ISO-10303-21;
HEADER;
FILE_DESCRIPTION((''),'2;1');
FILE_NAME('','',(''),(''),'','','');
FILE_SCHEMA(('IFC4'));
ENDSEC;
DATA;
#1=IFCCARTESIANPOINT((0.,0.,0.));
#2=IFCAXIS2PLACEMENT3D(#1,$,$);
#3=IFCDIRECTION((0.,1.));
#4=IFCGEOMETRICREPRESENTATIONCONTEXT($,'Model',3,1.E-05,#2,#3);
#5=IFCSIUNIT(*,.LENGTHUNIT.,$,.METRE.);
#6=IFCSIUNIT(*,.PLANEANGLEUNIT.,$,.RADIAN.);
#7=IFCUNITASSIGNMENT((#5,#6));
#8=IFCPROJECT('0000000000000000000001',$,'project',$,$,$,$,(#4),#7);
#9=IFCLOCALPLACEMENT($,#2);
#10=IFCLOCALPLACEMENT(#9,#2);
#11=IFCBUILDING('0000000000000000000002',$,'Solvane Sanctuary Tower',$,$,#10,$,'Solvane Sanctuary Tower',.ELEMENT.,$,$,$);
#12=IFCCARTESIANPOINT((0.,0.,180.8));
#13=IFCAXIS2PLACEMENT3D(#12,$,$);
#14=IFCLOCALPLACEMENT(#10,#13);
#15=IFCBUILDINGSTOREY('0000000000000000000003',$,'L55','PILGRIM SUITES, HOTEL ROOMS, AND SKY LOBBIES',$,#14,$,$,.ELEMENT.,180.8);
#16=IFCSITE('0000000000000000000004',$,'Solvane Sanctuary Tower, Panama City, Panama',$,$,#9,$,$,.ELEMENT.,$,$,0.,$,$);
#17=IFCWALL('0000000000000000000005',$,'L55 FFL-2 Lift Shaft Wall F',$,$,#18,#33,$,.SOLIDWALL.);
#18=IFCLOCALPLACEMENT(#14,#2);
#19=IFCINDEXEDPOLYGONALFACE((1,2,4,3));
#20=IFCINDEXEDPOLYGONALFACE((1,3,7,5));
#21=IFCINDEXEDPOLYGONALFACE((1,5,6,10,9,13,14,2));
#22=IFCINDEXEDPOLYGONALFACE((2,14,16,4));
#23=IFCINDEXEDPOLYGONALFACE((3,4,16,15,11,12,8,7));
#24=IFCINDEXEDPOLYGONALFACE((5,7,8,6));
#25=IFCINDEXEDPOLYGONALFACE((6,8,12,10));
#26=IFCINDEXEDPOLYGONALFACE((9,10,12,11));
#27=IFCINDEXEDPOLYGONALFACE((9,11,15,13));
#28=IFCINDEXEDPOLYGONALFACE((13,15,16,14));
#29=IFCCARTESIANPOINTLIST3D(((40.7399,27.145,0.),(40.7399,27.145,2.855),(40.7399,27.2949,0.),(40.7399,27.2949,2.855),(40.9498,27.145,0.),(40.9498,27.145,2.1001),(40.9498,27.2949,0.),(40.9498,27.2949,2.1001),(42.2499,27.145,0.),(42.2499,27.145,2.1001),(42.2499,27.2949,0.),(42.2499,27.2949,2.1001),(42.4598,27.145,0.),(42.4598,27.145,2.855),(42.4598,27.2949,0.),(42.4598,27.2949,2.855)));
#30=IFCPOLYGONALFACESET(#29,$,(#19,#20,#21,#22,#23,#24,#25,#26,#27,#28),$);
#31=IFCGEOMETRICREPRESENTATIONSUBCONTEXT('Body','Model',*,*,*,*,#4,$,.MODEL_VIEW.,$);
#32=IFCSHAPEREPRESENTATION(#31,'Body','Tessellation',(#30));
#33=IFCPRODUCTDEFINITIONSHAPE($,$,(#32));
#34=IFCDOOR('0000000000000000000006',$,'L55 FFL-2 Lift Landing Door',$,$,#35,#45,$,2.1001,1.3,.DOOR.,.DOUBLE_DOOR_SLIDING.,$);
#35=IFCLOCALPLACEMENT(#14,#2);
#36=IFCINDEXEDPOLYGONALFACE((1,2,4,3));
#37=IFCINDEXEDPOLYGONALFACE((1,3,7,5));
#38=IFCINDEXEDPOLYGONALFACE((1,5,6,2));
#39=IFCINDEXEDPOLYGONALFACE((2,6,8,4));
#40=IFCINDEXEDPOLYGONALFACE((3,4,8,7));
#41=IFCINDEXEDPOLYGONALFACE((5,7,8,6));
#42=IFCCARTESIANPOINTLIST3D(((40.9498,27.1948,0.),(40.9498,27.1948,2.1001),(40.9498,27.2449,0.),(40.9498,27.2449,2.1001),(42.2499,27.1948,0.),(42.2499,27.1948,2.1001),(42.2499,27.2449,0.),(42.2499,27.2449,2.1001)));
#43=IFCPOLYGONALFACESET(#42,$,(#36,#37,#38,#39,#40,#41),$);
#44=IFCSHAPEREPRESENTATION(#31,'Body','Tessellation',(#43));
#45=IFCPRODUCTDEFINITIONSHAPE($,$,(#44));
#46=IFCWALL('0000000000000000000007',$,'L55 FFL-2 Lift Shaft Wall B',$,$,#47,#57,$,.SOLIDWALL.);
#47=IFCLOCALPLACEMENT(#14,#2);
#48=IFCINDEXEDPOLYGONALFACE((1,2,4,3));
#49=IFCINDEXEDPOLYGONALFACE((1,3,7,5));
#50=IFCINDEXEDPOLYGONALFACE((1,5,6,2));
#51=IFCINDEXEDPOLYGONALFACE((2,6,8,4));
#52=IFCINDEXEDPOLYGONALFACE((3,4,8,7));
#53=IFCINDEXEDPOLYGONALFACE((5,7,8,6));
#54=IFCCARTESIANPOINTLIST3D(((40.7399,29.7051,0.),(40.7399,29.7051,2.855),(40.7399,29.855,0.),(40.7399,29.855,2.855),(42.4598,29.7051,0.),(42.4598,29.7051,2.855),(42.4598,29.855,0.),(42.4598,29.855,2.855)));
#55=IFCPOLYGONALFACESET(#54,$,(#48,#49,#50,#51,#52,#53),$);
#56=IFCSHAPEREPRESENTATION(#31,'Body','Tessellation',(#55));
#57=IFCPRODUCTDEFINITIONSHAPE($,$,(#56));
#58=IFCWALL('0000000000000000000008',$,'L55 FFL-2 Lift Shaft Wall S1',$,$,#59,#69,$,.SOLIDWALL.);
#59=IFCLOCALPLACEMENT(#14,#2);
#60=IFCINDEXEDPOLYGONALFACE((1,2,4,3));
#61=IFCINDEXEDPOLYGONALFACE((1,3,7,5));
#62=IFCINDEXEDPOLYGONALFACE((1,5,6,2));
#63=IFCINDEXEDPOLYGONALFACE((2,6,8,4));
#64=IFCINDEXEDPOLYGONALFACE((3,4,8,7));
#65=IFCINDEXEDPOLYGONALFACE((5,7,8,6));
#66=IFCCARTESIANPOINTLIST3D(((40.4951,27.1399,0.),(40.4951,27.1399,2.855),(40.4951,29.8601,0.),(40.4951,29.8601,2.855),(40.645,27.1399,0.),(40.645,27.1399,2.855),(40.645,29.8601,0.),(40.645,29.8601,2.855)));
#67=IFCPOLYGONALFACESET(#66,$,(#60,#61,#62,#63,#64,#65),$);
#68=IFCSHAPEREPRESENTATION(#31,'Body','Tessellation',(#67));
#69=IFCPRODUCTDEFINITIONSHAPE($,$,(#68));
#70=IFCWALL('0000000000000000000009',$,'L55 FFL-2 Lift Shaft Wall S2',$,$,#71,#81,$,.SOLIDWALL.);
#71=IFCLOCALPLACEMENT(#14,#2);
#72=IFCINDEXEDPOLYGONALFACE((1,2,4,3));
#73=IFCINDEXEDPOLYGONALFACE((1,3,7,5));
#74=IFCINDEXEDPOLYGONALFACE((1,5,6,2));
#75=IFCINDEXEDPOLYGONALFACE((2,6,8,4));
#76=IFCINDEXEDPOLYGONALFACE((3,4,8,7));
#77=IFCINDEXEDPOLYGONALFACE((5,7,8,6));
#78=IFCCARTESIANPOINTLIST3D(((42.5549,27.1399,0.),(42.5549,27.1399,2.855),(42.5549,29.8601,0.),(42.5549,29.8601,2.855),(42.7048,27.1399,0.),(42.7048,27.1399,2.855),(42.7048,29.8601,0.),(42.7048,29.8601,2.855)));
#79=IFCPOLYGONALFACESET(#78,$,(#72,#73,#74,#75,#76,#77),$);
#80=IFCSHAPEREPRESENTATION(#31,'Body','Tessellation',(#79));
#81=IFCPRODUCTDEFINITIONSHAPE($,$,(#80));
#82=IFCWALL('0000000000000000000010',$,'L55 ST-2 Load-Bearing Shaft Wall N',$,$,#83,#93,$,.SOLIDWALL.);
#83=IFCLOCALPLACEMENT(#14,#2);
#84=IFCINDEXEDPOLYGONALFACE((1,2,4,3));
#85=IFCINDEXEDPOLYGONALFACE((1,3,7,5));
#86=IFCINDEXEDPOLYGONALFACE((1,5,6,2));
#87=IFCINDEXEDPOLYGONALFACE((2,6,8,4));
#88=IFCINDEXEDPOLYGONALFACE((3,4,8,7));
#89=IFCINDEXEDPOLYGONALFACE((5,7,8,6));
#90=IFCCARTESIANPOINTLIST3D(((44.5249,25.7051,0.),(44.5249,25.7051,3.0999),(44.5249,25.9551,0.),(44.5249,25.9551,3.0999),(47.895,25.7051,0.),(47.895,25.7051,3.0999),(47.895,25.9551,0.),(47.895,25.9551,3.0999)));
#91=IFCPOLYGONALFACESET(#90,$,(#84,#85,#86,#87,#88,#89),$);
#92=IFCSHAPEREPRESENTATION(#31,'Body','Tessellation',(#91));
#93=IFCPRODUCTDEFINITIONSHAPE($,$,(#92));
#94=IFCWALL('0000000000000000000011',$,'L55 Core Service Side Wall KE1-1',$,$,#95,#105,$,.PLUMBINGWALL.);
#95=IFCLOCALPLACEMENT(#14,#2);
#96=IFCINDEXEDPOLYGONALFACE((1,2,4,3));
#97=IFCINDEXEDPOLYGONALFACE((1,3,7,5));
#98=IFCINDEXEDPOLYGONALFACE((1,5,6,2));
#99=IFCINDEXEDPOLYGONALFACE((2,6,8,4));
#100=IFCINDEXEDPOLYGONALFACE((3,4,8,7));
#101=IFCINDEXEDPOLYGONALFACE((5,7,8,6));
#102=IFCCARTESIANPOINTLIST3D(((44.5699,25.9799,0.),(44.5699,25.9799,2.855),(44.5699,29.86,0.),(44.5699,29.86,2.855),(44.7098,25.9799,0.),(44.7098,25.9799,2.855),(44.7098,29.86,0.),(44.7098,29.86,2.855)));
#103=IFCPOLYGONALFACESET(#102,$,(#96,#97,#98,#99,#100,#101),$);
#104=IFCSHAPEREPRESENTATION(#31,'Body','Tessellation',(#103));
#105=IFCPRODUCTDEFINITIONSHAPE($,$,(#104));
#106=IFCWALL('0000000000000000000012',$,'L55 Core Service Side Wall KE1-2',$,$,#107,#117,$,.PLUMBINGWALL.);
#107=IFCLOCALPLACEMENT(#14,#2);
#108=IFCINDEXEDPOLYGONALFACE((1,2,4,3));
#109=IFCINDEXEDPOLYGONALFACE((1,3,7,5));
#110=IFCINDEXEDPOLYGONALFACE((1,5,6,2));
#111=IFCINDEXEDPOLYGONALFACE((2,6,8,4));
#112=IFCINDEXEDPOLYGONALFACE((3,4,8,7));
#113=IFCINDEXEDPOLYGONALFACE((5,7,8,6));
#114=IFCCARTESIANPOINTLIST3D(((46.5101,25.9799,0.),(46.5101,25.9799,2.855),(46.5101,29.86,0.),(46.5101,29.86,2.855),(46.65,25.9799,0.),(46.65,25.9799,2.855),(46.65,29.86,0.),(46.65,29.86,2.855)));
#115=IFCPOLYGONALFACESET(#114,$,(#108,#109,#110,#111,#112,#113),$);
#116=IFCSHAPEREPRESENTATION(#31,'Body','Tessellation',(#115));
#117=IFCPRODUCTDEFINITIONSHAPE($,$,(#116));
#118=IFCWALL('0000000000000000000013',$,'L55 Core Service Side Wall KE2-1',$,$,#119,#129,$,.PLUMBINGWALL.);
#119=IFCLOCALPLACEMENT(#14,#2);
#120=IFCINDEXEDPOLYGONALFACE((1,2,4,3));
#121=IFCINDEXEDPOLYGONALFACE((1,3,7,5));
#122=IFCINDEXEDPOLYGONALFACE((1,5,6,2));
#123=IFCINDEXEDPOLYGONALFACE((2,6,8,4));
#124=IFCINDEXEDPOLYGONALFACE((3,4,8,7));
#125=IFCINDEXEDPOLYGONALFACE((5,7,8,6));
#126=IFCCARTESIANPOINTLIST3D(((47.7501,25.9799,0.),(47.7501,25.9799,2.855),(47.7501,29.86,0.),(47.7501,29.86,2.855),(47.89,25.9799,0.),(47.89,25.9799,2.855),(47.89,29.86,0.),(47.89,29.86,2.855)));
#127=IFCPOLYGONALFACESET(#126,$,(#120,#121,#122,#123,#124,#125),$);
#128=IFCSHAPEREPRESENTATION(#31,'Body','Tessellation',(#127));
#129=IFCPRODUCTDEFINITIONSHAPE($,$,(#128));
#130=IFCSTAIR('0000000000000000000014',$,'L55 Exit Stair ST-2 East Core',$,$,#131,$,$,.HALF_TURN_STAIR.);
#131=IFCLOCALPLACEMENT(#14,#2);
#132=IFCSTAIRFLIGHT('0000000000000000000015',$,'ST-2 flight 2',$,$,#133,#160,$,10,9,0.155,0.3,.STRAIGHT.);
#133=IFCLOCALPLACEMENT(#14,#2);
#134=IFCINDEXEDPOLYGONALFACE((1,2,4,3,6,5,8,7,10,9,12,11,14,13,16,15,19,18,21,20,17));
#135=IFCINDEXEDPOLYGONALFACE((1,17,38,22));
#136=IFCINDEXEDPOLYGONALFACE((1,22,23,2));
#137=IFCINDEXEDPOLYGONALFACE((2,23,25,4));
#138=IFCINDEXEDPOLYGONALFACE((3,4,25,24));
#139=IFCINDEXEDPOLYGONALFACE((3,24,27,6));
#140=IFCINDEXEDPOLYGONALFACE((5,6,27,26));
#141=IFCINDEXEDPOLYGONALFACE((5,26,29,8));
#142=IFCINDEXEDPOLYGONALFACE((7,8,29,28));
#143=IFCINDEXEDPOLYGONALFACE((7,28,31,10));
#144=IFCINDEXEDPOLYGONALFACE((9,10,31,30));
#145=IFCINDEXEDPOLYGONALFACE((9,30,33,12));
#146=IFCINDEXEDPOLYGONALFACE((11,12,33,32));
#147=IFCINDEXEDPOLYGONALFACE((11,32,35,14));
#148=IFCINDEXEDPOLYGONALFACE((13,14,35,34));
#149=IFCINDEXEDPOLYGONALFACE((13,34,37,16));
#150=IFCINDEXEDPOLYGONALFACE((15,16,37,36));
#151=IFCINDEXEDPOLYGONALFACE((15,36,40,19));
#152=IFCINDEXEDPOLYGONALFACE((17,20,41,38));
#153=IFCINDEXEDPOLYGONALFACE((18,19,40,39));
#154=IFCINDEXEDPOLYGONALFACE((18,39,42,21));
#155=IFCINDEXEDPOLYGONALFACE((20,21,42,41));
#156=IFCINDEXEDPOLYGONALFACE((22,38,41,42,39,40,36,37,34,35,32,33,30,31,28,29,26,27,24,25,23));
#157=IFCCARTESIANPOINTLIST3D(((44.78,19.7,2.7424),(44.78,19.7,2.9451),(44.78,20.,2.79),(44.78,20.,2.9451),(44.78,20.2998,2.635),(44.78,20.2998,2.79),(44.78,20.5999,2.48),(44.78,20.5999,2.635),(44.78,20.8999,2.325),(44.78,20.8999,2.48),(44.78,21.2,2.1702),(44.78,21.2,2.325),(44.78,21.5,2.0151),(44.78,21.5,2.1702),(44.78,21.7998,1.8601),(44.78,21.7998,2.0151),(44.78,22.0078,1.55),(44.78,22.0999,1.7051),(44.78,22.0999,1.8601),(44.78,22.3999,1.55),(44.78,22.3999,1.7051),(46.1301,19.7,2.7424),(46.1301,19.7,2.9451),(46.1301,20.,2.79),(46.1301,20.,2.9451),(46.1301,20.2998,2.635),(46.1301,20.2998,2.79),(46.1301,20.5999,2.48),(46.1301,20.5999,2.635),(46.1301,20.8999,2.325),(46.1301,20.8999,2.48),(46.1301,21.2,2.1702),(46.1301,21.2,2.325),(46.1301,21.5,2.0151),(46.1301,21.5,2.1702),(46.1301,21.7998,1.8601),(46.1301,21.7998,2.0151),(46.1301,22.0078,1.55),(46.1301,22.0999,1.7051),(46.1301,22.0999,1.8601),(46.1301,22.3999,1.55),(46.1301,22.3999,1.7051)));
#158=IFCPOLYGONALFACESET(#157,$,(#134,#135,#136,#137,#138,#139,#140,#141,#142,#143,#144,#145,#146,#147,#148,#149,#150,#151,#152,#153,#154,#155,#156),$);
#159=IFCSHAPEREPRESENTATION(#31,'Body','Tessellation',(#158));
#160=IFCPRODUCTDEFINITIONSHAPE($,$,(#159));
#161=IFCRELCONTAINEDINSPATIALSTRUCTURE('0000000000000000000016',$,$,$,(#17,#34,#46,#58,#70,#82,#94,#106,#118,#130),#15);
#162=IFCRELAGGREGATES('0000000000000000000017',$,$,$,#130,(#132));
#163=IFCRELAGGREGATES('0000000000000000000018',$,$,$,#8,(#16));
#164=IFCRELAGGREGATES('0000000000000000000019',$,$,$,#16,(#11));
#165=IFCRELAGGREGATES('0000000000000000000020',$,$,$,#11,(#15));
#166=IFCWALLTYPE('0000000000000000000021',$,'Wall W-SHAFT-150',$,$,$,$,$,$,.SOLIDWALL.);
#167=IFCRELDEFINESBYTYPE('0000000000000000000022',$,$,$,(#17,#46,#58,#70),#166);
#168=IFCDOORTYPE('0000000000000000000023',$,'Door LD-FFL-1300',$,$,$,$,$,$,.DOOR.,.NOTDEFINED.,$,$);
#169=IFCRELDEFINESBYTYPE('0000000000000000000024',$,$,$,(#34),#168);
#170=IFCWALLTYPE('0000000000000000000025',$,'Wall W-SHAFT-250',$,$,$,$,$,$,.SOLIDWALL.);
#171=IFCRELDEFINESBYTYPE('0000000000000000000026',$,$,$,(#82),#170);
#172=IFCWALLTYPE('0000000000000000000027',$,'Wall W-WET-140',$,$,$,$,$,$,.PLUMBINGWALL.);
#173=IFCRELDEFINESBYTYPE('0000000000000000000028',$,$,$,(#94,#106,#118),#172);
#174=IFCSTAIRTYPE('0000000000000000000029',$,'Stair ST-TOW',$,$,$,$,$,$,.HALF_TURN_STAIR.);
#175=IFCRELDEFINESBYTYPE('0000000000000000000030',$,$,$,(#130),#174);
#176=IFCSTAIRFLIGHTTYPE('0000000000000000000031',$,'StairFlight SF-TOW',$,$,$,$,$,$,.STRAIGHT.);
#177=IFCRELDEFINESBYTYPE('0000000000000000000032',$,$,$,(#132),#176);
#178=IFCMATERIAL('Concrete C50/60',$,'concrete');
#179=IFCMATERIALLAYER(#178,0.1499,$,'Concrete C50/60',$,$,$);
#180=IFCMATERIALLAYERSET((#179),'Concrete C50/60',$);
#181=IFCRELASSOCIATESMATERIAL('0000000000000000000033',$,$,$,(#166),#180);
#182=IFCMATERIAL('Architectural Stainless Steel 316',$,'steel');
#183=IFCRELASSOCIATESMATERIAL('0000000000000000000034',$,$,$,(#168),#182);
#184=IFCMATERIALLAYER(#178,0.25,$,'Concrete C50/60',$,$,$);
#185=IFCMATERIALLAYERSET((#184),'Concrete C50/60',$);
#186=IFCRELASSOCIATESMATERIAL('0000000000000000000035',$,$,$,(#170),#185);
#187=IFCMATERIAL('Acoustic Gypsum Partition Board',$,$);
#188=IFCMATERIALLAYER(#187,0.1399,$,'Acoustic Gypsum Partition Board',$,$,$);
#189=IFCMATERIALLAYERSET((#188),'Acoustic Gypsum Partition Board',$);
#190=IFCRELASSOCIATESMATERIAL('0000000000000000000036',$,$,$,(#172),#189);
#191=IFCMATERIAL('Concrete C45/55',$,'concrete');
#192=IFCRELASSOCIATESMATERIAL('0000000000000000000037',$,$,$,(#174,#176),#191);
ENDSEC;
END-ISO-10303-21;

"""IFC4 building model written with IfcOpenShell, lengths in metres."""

from ifc_helpers import new_model, si_unit, direction, frame, frame_2d, origin, place, context, subcontext, project, spatial, polyline, rectangle, outline, extrude, material, layer, layer_set, type_object, element, fill, aggregate, save


model = new_model("IFC4")

# Units and contexts
model_context = context("Model", 3, precision=1e-05, world=origin(), true_north=direction((0.0, 1.0)))
body_context = subcontext(model_context, "Body", "Model", "MODEL_VIEW")
ifc_project = project(units=[si_unit("LENGTHUNIT", "METRE"), si_unit("PLANEANGLEUNIT", "RADIAN")], contexts=[model_context])

# Site, building, storey
site_placement = place(None, origin())
site = spatial("IfcSite", under=ifc_project, at=site_placement, Name="Solvane Sanctuary Tower, Panama City, Panama", CompositionType="ELEMENT", RefElevation=0.0)
building_placement = place(site_placement, origin())
building = spatial("IfcBuilding", under=site, at=building_placement, Name="Solvane Sanctuary Tower", LongName="Solvane Sanctuary Tower", CompositionType="ELEMENT")
storey_placement = place(building_placement, frame((0.0, 0.0, 180.8)))
storey = spatial("IfcBuildingStorey", under=building, at=storey_placement, Name="L55", Description="PILGRIM SUITES, HOTEL ROOMS, AND SKY LOBBIES", CompositionType="ELEMENT", Elevation=180.8)

# Shared definitions
ifc_material_1 = material(Name="Acoustic Gypsum Partition Board")

# Shared definitions
ifc_material_2 = material(Name="Architectural Stainless Steel 316", Category="steel")

# Shared definitions
ifc_material_3 = material(Name="Concrete C50/60", Category="concrete")
ifc_layer_1 = layer(ifc_material_3, 0.1499, Name="Concrete C50/60")
ifc_layer_set_1 = layer_set([ifc_layer_1], Name="Concrete C50/60")
wall_type_1 = type_object("IfcWallType", Name="Wall W-SHAFT-150", PredefinedType="SOLIDWALL", material=ifc_layer_set_1)

# Wall, opening, door
wall_1_placement = place(storey_placement, frame((40.74, 27.22, 0.0), z_axis=(0.0, 0.0, 1.0), x_axis=(1.0, 0.0, 0.0)))
wall_1 = element("IfcWall", 1, at=wall_1_placement, inside=storey, type_object=wall_type_1, Name="L55 FFL-2 Lift Shaft Wall F", PredefinedType="SOLIDWALL", context=body_context, shape_type="SweptSolid", body=[
    extrude(rectangle(XDim=1.72, YDim=0.1499, at=frame_2d((0.8599, 0.0))), origin(), (0.0, 0.0, 1.0), 2.855),
])
opening_1_placement = place(wall_1_placement, frame((0.21, 0.0, 0.0)))
opening_1 = element("IfcOpeningElement", 2, at=opening_1_placement, cuts=wall_1, PredefinedType="OPENING", context=body_context, shape_type="SweptSolid", body=[
    extrude(rectangle(XDim=1.3, YDim=2.1001, at=frame_2d((0.6499, 1.05))), frame((0.0, 0.085, 0.0), z_axis=(0.0, -1.0, 0.0), x_axis=(1.0, 0.0, 0.0)), (0.0, 0.0, 1.0), 0.1699),
])
door_type_1 = type_object("IfcDoorType", Name="Door LD-FFL-1300", OperationType="NOTDEFINED", PredefinedType="DOOR", material=ifc_material_2)
door_1_placement = place(opening_1_placement, origin())
door_1 = element("IfcDoor", 3, at=door_1_placement, inside=storey, type_object=door_type_1, Name="L55 FFL-2 Lift Landing Door", OperationType="DOUBLE_DOOR_SLIDING", OverallHeight=2.1001, OverallWidth=1.3, PredefinedType="DOOR", context=body_context, shape_type="SweptSolid", body=[
    extrude(rectangle(XDim=1.3, YDim=2.1001, at=frame_2d((0.6499, 1.05))), frame((0.0, 0.0249, 0.0), z_axis=(0.0, -1.0, 0.0), x_axis=(1.0, 0.0, 0.0)), (0.0, 0.0, 1.0), 0.05),
])
fill(opening_1, door_1)

# Walls
wall_2_placement = place(storey_placement, frame((40.74, 29.78, 0.0), z_axis=(0.0, 0.0, 1.0), x_axis=(1.0, 0.0, 0.0)))
element("IfcWall", 4, at=wall_2_placement, inside=storey, type_object=wall_type_1, Name="L55 FFL-2 Lift Shaft Wall B", PredefinedType="SOLIDWALL", context=body_context, shape_type="SweptSolid", body=[
    extrude(rectangle(XDim=1.72, YDim=0.1499, at=frame_2d((0.8599, 0.0))), origin(), (0.0, 0.0, 1.0), 2.855),
])
for number, where, z_axis, x_axis, name in (
    (5, (40.5701, 27.1399, 0.0), (0.0, 0.0, 1.0), (0.0, 1.0, 0.0), "L55 FFL-2 Lift Shaft Wall S1"),
    (6, (42.6299, 27.1399, 0.0), (0.0, 0.0, 1.0), (0.0, 1.0, 0.0), "L55 FFL-2 Lift Shaft Wall S2"),
):
    element("IfcWall", number, at=place(storey_placement, frame(where, z_axis=z_axis, x_axis=x_axis)), inside=storey, type_object=wall_type_1, Name=name, PredefinedType="SOLIDWALL", context=body_context, shape_type="SweptSolid", body=[
        extrude(rectangle(XDim=2.7202, YDim=0.1499, at=frame_2d((1.3601, 0.0))), origin(), (0.0, 0.0, 1.0), 2.855),
    ])
ifc_layer_2 = layer(ifc_material_3, 0.25, Name="Concrete C50/60")
ifc_layer_set_2 = layer_set([ifc_layer_2], Name="Concrete C50/60")
wall_type_2 = type_object("IfcWallType", Name="Wall W-SHAFT-250", PredefinedType="SOLIDWALL", material=ifc_layer_set_2)
wall_3_placement = place(storey_placement, frame((44.5249, 25.8301, 0.0), z_axis=(0.0, 0.0, 1.0), x_axis=(1.0, 0.0, 0.0)))
element("IfcWall", 7, at=wall_3_placement, inside=storey, type_object=wall_type_2, Name="L55 ST-2 Load-Bearing Shaft Wall N", PredefinedType="SOLIDWALL", context=body_context, shape_type="SweptSolid", body=[
    extrude(rectangle(XDim=3.3701, YDim=0.25, at=frame_2d((1.6851, 0.0))), origin(), (0.0, 0.0, 1.0), 3.0999),
])
ifc_layer_3 = layer(ifc_material_1, 0.1399, Name="Acoustic Gypsum Partition Board")
ifc_layer_set_3 = layer_set([ifc_layer_3], Name="Acoustic Gypsum Partition Board")
wall_type_3 = type_object("IfcWallType", Name="Wall W-WET-140", PredefinedType="PLUMBINGWALL", material=ifc_layer_set_3)
for number, where, z_axis, x_axis, name in (
    (8, (44.6399, 25.98, 0.0), (0.0, 0.0, 1.0), (0.0, 1.0, 0.0), "L55 Core Service Side Wall KE1-1"),
    (9, (46.5801, 25.98, 0.0), (0.0, 0.0, 1.0), (0.0, 1.0, 0.0), "L55 Core Service Side Wall KE1-2"),
    (10, (47.8201, 25.98, 0.0), (0.0, 0.0, 1.0), (0.0, 1.0, 0.0), "L55 Core Service Side Wall KE2-1"),
):
    element("IfcWall", number, at=place(storey_placement, frame(where, z_axis=z_axis, x_axis=x_axis)), inside=storey, type_object=wall_type_3, Name=name, PredefinedType="PLUMBINGWALL", context=body_context, shape_type="SweptSolid", body=[
        extrude(rectangle(XDim=3.8801, YDim=0.1399, at=frame_2d((1.9399, 0.0))), origin(), (0.0, 0.0, 1.0), 2.855),
    ])

# Stair, stair flight
ifc_material_4 = material(Name="Concrete C45/55", Category="concrete")
stair_type = type_object("IfcStairType", Name="Stair ST-TOW", PredefinedType="HALF_TURN_STAIR", material=ifc_material_4)
stair_placement = place(storey_placement, origin())
stair = element("IfcStair", 11, at=stair_placement, inside=storey, type_object=stair_type, Name="L55 Exit Stair ST-2 East Core", PredefinedType="HALF_TURN_STAIR")
stair_flight_type = type_object("IfcStairFlightType", Name="StairFlight SF-TOW", PredefinedType="STRAIGHT", material=ifc_material_4)
stair_flight_placement = place(storey_placement, frame((45.4551, 22.3999, 1.55), z_axis=(0.0, 0.0, 1.0), x_axis=(0.0, -1.0, 0.0)))
stair_flight = element("IfcStairFlight", 12, at=stair_flight_placement, type_object=stair_flight_type, Name="ST-2 flight 2", NumberOfRisers=10, NumberOfTreads=9, PredefinedType="STRAIGHT", RiserHeight=0.155, TreadLength=0.3, context=body_context, shape_type="SweptSolid", body=[
    extrude(outline(polyline([(0.0, 0.0), (0.0, 0.155), (0.3, 0.155), (0.3, 0.3101), (0.6001, 0.3101), (0.6001, 0.4651), (0.8999, 0.4651), (0.8999, 0.6201), (1.2, 0.6201), (1.2, 0.7749), (1.5, 0.7749), (1.5, 0.9299), (1.8, 0.9299), (1.8, 1.085), (2.1001, 1.085), (2.1001, 1.24), (2.3999, 1.24), (2.3999, 1.395), (2.7, 1.395), (2.7, 1.55), (2.7, 1.1924), (0.3921, 0.0), (0.0, 0.0)])), frame((0.0, 0.675, 0.0), z_axis=(0.0, -1.0, 0.0), x_axis=(1.0, 0.0, 0.0)), (0.0, 0.0, 1.0), 1.3501),
])
aggregate(stair, [stair_flight])

save(model, "model.ifc")
